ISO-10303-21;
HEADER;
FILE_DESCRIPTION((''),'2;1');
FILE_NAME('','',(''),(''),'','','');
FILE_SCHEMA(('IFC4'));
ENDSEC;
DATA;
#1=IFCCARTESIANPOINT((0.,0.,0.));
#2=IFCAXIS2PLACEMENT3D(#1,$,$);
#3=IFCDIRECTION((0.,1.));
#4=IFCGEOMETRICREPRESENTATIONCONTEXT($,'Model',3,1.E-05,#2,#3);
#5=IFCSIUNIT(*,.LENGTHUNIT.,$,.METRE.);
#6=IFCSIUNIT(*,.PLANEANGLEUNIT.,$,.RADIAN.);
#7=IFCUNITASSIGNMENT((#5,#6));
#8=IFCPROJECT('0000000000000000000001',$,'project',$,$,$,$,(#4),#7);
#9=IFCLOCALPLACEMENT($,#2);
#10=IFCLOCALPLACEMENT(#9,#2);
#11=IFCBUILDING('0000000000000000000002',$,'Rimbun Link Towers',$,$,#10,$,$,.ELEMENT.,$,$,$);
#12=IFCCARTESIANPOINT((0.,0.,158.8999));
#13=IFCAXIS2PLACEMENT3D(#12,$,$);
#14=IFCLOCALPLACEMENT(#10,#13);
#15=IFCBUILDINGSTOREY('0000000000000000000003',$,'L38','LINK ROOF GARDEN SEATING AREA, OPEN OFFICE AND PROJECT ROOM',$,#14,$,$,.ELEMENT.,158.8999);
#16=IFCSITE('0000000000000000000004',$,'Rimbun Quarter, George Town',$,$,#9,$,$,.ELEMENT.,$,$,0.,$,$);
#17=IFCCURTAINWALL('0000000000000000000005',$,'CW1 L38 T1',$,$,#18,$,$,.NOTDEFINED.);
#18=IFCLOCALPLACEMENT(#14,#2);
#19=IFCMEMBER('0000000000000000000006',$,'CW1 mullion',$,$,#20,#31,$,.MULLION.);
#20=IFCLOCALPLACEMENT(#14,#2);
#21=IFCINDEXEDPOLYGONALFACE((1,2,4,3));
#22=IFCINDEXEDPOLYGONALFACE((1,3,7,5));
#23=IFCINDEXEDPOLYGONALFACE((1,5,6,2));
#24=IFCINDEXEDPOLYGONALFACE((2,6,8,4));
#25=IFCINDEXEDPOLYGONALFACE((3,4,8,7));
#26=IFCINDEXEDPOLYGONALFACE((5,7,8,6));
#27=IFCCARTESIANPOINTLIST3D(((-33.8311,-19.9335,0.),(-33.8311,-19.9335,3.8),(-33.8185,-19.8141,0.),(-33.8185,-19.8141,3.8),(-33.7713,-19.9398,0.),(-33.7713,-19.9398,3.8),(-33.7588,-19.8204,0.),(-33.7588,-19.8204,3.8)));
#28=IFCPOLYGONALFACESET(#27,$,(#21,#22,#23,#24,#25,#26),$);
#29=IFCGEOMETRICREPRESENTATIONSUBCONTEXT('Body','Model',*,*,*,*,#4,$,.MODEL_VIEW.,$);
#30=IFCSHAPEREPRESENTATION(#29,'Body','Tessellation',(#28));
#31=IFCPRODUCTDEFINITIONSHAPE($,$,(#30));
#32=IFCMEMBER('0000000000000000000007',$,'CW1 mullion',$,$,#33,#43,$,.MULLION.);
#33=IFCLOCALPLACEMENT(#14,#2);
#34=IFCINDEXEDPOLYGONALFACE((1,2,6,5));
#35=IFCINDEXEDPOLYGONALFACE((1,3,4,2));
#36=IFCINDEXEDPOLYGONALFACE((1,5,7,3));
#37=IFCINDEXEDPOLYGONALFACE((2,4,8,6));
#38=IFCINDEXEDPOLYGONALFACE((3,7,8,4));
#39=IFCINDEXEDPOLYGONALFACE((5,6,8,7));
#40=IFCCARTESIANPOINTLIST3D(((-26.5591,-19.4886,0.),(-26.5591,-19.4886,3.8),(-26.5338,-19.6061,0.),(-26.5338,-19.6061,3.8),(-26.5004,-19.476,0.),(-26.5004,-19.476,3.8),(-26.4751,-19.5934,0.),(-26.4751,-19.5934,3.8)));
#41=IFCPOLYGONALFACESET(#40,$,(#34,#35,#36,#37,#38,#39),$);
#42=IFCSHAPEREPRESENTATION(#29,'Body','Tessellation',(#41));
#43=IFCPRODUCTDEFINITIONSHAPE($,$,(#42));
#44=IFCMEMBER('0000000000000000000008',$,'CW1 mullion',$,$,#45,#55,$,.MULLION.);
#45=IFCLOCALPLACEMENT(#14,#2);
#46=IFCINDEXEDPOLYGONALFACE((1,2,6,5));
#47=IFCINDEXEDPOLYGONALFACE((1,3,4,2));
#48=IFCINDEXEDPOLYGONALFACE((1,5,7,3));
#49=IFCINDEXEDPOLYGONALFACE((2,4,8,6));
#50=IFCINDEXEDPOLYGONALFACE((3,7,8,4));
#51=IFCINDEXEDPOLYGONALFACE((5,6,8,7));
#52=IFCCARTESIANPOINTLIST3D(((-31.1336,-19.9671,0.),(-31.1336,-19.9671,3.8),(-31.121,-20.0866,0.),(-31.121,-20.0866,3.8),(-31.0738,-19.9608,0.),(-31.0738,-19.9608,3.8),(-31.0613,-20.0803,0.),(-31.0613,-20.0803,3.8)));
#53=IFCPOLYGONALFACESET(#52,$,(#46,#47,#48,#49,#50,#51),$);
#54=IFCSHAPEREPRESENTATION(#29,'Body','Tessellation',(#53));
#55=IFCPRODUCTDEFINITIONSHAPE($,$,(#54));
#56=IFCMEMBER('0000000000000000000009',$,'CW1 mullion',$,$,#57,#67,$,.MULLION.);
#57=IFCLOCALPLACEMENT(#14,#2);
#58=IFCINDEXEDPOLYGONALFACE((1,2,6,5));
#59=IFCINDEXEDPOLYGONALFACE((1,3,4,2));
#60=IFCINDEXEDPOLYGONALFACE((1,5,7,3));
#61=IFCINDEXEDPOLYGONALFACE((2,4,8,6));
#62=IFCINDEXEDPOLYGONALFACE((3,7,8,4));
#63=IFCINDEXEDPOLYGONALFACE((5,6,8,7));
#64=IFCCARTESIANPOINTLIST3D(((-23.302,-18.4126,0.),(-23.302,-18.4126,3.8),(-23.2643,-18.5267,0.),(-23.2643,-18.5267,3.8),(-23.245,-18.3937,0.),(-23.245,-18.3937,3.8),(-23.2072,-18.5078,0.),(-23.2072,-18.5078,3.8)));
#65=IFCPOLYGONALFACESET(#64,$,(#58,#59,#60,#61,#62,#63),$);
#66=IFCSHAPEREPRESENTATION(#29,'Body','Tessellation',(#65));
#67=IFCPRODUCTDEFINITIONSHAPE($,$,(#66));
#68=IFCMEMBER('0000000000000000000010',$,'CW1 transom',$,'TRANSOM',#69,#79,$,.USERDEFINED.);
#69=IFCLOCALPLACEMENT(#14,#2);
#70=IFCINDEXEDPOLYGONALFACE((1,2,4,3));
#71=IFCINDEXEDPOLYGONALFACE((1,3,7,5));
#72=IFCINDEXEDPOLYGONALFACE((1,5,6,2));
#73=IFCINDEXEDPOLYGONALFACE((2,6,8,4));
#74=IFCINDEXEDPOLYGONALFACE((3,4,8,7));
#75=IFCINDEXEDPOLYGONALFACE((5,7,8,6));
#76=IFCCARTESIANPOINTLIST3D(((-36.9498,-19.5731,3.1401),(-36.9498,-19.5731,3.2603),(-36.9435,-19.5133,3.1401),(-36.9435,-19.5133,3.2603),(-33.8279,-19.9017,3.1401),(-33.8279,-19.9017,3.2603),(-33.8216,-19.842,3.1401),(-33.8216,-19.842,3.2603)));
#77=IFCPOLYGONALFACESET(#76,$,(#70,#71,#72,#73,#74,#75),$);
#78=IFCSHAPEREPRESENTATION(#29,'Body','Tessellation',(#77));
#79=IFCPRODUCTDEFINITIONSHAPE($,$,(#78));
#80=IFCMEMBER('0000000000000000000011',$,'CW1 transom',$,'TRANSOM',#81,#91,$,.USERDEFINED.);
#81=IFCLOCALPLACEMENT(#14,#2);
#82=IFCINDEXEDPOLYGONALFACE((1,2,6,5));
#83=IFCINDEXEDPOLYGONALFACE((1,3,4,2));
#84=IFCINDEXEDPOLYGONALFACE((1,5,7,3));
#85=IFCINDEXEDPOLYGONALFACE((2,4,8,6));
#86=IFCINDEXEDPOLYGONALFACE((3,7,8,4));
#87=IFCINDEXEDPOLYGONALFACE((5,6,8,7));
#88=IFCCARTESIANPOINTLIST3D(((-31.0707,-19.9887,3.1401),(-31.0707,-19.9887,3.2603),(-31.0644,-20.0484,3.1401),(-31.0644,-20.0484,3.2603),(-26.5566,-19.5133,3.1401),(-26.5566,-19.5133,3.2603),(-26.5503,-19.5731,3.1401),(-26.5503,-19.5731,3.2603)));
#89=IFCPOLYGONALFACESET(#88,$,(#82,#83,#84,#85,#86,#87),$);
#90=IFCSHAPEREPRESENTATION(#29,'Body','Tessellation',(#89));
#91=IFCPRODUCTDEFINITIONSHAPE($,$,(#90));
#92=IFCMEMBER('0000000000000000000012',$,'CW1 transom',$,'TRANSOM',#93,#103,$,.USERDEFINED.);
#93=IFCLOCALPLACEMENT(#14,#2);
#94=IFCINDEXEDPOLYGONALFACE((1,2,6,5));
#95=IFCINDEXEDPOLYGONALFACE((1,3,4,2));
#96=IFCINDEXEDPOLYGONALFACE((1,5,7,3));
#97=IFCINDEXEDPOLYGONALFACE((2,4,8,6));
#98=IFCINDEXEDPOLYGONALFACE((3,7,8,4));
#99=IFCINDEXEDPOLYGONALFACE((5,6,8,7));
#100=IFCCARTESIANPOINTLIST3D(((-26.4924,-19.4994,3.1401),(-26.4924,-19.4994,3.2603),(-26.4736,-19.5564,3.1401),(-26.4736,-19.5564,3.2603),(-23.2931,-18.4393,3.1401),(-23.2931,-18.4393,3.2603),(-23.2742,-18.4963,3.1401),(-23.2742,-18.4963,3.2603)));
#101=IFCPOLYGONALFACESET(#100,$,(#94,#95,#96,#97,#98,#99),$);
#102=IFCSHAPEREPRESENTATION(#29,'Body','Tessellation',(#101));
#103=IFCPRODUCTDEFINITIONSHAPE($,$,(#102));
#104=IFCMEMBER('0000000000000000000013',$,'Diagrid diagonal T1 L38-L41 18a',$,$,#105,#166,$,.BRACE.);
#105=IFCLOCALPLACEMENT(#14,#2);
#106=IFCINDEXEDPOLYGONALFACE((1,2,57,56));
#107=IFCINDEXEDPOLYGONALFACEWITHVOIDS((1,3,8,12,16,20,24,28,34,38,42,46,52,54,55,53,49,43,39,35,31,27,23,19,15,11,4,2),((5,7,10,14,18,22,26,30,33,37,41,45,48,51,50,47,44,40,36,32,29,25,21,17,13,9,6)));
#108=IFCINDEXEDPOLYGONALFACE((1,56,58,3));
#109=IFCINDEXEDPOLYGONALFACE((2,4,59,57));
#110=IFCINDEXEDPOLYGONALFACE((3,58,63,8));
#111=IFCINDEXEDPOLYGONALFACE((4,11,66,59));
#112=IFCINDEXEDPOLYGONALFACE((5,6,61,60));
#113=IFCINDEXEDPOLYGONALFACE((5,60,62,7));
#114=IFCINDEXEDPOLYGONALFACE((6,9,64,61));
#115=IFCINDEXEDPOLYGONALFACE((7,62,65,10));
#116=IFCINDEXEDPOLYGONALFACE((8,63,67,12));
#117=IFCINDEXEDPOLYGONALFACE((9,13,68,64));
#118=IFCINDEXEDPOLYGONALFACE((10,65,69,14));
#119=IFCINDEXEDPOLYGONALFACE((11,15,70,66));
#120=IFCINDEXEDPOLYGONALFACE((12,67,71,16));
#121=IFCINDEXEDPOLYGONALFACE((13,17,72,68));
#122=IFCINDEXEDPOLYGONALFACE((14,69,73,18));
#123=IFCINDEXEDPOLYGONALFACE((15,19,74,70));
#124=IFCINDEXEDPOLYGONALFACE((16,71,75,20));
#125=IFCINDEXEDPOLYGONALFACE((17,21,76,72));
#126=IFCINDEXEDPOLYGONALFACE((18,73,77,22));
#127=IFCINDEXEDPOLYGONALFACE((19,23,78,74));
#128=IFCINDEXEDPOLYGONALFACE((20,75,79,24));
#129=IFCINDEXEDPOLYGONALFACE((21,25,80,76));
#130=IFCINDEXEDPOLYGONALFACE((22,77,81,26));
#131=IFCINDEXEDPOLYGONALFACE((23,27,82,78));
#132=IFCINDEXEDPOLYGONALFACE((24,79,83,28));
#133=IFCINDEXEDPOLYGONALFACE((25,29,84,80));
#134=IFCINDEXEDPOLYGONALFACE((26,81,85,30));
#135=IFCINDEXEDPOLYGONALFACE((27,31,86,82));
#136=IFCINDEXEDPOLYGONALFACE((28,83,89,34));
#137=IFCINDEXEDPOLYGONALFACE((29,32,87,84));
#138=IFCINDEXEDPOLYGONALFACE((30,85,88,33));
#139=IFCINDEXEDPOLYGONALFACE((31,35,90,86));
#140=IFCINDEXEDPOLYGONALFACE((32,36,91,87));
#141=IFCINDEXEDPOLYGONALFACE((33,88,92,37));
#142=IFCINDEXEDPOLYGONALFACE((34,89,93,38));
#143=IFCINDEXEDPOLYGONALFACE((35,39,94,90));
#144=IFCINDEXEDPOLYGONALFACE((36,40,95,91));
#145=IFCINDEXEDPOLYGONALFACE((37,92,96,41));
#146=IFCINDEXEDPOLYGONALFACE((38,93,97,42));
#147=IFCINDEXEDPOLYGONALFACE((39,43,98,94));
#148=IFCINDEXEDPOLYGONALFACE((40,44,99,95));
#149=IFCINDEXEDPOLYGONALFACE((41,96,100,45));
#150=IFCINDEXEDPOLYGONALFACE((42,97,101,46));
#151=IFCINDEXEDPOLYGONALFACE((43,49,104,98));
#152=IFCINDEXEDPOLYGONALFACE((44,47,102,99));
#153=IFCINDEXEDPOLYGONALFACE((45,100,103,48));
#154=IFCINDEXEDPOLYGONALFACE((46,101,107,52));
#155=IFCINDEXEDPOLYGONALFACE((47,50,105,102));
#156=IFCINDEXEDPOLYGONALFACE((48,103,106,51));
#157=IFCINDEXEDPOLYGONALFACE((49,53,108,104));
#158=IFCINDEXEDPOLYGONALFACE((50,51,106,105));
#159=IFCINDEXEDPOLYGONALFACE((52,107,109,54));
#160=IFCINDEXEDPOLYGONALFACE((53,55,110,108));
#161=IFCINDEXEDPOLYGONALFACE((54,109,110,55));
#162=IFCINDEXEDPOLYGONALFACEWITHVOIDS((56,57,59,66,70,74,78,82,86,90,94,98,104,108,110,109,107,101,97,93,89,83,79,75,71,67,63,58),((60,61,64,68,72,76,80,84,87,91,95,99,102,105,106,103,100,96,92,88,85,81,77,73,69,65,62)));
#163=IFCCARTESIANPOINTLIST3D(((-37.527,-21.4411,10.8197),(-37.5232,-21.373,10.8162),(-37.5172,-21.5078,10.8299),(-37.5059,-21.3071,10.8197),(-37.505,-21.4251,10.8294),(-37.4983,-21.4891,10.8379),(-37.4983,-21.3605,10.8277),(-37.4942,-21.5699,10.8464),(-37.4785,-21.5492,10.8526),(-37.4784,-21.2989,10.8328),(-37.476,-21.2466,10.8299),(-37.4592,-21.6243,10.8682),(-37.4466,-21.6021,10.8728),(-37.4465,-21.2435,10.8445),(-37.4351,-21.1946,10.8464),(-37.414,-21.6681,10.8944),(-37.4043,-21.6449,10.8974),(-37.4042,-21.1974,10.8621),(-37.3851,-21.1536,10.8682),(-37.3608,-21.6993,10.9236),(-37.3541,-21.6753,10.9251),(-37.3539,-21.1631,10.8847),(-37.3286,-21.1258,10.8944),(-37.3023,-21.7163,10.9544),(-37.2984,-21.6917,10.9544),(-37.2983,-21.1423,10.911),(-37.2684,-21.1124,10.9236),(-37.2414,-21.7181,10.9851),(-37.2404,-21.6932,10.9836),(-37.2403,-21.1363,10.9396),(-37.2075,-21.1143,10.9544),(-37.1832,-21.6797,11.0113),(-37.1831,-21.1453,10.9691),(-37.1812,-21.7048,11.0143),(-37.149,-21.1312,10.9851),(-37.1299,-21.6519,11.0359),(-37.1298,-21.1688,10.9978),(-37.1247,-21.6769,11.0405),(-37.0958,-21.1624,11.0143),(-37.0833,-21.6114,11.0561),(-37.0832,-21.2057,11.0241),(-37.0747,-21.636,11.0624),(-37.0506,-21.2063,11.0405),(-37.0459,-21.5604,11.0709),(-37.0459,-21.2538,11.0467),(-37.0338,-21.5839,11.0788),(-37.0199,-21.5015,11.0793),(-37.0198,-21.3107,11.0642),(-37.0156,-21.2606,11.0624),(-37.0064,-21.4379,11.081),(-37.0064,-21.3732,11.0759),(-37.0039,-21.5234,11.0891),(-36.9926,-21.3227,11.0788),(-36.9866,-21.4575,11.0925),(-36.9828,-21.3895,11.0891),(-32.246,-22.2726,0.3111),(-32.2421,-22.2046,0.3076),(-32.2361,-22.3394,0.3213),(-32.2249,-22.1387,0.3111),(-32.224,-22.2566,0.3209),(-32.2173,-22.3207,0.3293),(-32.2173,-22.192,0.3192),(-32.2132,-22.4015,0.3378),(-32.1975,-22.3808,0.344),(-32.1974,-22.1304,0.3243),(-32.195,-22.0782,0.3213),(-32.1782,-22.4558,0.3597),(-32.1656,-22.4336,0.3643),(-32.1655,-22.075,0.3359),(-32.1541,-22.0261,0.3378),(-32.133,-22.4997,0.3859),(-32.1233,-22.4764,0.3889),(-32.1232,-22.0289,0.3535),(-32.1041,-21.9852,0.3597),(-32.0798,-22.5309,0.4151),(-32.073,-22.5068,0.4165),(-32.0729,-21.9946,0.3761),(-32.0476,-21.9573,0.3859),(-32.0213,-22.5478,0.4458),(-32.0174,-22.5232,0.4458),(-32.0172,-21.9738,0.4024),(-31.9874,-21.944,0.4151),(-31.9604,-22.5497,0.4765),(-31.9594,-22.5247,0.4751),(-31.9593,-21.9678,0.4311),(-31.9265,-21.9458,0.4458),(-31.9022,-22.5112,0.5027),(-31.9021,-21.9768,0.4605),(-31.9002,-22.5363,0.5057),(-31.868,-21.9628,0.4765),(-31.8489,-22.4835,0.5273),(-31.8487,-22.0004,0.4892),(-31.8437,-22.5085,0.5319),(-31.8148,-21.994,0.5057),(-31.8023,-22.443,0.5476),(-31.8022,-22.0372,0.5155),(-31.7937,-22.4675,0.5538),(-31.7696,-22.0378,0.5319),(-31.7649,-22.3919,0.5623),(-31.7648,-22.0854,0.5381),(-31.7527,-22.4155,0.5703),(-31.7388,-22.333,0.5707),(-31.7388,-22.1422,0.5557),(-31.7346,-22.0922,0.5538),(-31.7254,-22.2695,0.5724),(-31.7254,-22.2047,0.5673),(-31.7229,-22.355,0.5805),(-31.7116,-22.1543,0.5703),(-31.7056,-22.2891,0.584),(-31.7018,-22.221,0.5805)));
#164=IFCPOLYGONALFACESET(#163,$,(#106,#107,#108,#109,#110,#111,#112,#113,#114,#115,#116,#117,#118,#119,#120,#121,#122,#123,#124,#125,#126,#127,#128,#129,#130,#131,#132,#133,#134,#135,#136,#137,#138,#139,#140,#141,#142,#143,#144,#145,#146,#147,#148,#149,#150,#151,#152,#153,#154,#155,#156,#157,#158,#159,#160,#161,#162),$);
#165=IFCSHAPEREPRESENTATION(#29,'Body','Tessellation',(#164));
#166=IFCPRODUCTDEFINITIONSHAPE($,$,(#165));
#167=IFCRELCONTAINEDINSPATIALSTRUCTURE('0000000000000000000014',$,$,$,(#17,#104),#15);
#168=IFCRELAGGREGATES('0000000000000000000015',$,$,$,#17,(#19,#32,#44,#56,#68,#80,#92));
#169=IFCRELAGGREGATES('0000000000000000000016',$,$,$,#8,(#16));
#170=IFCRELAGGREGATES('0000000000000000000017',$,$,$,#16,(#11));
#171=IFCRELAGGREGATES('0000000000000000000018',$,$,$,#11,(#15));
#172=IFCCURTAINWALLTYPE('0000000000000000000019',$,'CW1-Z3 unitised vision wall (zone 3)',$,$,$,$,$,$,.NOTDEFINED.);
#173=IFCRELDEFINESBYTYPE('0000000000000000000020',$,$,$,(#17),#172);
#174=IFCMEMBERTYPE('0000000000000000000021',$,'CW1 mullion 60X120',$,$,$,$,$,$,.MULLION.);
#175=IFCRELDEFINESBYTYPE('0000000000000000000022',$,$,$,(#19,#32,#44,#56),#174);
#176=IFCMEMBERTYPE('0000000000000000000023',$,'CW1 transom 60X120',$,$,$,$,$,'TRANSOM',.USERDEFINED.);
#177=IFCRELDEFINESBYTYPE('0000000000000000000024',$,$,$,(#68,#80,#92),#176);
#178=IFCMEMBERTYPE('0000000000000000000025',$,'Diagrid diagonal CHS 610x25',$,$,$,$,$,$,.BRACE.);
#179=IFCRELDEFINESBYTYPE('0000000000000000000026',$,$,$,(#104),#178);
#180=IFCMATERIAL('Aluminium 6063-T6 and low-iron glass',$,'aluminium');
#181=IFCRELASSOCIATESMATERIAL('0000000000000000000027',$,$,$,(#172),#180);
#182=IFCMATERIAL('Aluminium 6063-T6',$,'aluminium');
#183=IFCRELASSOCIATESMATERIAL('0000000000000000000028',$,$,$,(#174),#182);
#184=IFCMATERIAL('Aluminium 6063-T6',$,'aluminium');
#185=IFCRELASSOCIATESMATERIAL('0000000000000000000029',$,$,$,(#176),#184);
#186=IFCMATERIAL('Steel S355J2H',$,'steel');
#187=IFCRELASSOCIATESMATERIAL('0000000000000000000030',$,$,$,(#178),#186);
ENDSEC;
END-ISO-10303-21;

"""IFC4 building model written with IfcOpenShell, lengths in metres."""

from ifc_helpers import new_model, si_unit, direction, frame, origin, origin_2d, place, context, subcontext, project, spatial, rectangle, hollow_circle, extrude, material, material_profile, profile_set, type_object, element, aggregate, save


model = new_model("IFC4")

# Units and contexts
model_context = context("Model", 3, precision=1e-05, world=origin(), true_north=direction((0.0, 1.0)))
body_context = subcontext(model_context, "Body", "Model", "MODEL_VIEW")
ifc_project = project(units=[si_unit("LENGTHUNIT", "METRE"), si_unit("PLANEANGLEUNIT", "RADIAN")], contexts=[model_context])

# Site, building, storey
site_placement = place(None, origin())
site = spatial("IfcSite", under=ifc_project, at=site_placement, Name="Rimbun Quarter, George Town", CompositionType="ELEMENT", RefElevation=0.0)
building_placement = place(site_placement, origin())
building = spatial("IfcBuilding", under=site, at=building_placement, Name="Rimbun Link Towers", CompositionType="ELEMENT")
storey_placement = place(building_placement, frame((0.0, 0.0, 158.8999)))
storey = spatial("IfcBuildingStorey", under=building, at=storey_placement, Name="L38", Description="LINK ROOF GARDEN SEATING AREA, OPEN OFFICE AND PROJECT ROOM", CompositionType="ELEMENT", Elevation=158.8999)

# Curtain wall, members
ifc_material_1 = material(Name="Aluminium 6063-T6 and low-iron glass", Category="aluminium")
curtain_wall_type = type_object("IfcCurtainWallType", Name="CW1-Z3 unitised vision wall (zone 3)", PredefinedType="NOTDEFINED", material=ifc_material_1)
curtain_wall_placement = place(storey_placement, origin())
curtain_wall = element("IfcCurtainWall", 1, at=curtain_wall_placement, inside=storey, type_object=curtain_wall_type, Name="CW1 L38 T1", PredefinedType="NOTDEFINED")
ifc_material_2 = material(Name="Aluminium 6063-T6", Category="aluminium")
ifc_material_profile_1 = material_profile(ifc_material_2, rectangle(XDim=0.1201, YDim=0.0601, at=origin_2d()), Name="MULLION 60X120")
ifc_profile_set_1 = profile_set([ifc_material_profile_1], Name="Aluminium 6063-T6")
member_type_1 = type_object("IfcMemberType", Name="CW1 mullion 60X120", PredefinedType="MULLION", material=ifc_profile_set_1)
member_1_placement = place(storey_placement, frame((-33.7949, -19.877, 0.0), z_axis=(0.0, 0.0, 1.0), x_axis=(-0.10474, -0.9945, 0.0)))
member_1 = element("IfcMember", 2, at=member_1_placement, type_object=member_type_1, Name="CW1 mullion", PredefinedType="MULLION", context=body_context, shape_type="SweptSolid", body=[
    extrude(rectangle(XDim=0.1201, YDim=0.0601, at=origin_2d()), origin(), (0.0, 0.0, 1.0), 3.8),
])
member_2_placement = place(storey_placement, frame((-26.5171, -19.541, 0.0), z_axis=(0.0, 0.0, 1.0), x_axis=(0.210866, -0.977515, 0.0)))
member_2 = element("IfcMember", 3, at=member_2_placement, type_object=member_type_1, Name="CW1 mullion", PredefinedType="MULLION", context=body_context, shape_type="SweptSolid", body=[
    extrude(rectangle(XDim=0.1201, YDim=0.0601, at=origin_2d()), origin(), (0.0, 0.0, 1.0), 3.8),
])
member_3_placement = place(storey_placement, frame((-31.0974, -20.0237, 0.0), z_axis=(0.0, 0.0, 1.0), x_axis=(0.10474, -0.9945, 0.0)))
member_3 = element("IfcMember", 4, at=member_3_placement, type_object=member_type_1, Name="CW1 mullion", PredefinedType="MULLION", context=body_context, shape_type="SweptSolid", body=[
    extrude(rectangle(XDim=0.1201, YDim=0.0601, at=origin_2d()), origin(), (0.0, 0.0, 1.0), 3.8),
])
member_4_placement = place(storey_placement, frame((-23.2546, -18.4602, 0.0), z_axis=(0.0, 0.0, 1.0), x_axis=(0.314556, -0.949239, 0.0)))
member_4 = element("IfcMember", 5, at=member_4_placement, type_object=member_type_1, Name="CW1 mullion", PredefinedType="MULLION", context=body_context, shape_type="SweptSolid", body=[
    extrude(rectangle(XDim=0.1201, YDim=0.0601, at=origin_2d()), origin(), (0.0, 0.0, 1.0), 3.8),
])
ifc_material_3 = material(Name="Aluminium 6063-T6", Category="aluminium")
ifc_material_profile_2 = material_profile(ifc_material_3, rectangle(XDim=0.0601, YDim=0.1201, at=origin_2d()), Name="TRANSOM 60X120")
ifc_profile_set_2 = profile_set([ifc_material_profile_2], Name="Aluminium 6063-T6")
member_type_2 = type_object("IfcMemberType", Name="CW1 transom 60X120", ElementType="TRANSOM", PredefinedType="USERDEFINED", material=ifc_profile_set_2)
member_5_placement = place(storey_placement, frame((-33.8247, -19.8718, 3.2002), z_axis=(-0.994505, 0.104685, 0.0), x_axis=(-0.104685, -0.994505, 0.0)))
member_5 = element("IfcMember", 6, at=member_5_placement, type_object=member_type_2, Name="CW1 transom", ObjectType="TRANSOM", PredefinedType="USERDEFINED", context=body_context, shape_type="SweptSolid", body=[
    extrude(rectangle(XDim=0.0601, YDim=0.1201, at=origin_2d()), origin(), (0.0, 0.0, 1.0), 3.1392),
])
member_6_placement = place(storey_placement, frame((-26.5535, -19.5432, 3.2002), z_axis=(-0.994502, -0.104721, 0.0), x_axis=(0.104721, -0.994502, 0.0)))
member_6 = element("IfcMember", 7, at=member_6_placement, type_object=member_type_2, Name="CW1 transom", ObjectType="TRANSOM", PredefinedType="USERDEFINED", context=body_context, shape_type="SweptSolid", body=[
    extrude(rectangle(XDim=0.0601, YDim=0.1201, at=origin_2d()), origin(), (0.0, 0.0, 1.0), 4.5391),
])
member_7_placement = place(storey_placement, frame((-23.2837, -18.4678, 3.2002), z_axis=(-0.949247, -0.314532, 0.0), x_axis=(0.314532, -0.949247, 0.0)))
member_7 = element("IfcMember", 8, at=member_7_placement, type_object=member_type_2, Name="CW1 transom", ObjectType="TRANSOM", PredefinedType="USERDEFINED", context=body_context, shape_type="SweptSolid", body=[
    extrude(rectangle(XDim=0.0601, YDim=0.1201, at=origin_2d()), origin(), (0.0, 0.0, 1.0), 3.3704),
])

# Member
ifc_material_4 = material(Name="Steel S355J2H", Category="steel")
ifc_material_profile_3 = material_profile(ifc_material_4, hollow_circle(Radius=0.3047, WallThickness=0.0249, at=origin_2d()), Name="Diagrid diagonal CHS 610x25")
ifc_profile_set_3 = profile_set([ifc_material_profile_3], Name="Steel S355J2H")
member_type_3 = type_object("IfcMemberType", Name="Diagrid diagonal CHS 610x25", PredefinedType="BRACE", material=ifc_profile_set_3)
for number, where, z_axis, x_axis, name in (
    (9, (-31.9739, -22.2468, 0.4458), (-0.447913, 0.070528, 0.891291), (-0.155543, -0.987829, 0.0), "Diagrid diagonal T1 L38-L41 18a"),
):
    element("IfcMember", number, at=place(storey_placement, frame(where, z_axis=z_axis, x_axis=x_axis)), inside=storey, type_object=member_type_3, Name=name, PredefinedType="BRACE", context=body_context, shape_type="SweptSolid", body=[
        extrude(hollow_circle(Radius=0.3047, WallThickness=0.0249, at=origin_2d()), origin(), (0.0, 0.0, 1.0), 11.7903),
    ])

aggregate(curtain_wall, [member_1, member_2, member_3, member_4, member_5, member_6, member_7])

save(model, "model.ifc")
